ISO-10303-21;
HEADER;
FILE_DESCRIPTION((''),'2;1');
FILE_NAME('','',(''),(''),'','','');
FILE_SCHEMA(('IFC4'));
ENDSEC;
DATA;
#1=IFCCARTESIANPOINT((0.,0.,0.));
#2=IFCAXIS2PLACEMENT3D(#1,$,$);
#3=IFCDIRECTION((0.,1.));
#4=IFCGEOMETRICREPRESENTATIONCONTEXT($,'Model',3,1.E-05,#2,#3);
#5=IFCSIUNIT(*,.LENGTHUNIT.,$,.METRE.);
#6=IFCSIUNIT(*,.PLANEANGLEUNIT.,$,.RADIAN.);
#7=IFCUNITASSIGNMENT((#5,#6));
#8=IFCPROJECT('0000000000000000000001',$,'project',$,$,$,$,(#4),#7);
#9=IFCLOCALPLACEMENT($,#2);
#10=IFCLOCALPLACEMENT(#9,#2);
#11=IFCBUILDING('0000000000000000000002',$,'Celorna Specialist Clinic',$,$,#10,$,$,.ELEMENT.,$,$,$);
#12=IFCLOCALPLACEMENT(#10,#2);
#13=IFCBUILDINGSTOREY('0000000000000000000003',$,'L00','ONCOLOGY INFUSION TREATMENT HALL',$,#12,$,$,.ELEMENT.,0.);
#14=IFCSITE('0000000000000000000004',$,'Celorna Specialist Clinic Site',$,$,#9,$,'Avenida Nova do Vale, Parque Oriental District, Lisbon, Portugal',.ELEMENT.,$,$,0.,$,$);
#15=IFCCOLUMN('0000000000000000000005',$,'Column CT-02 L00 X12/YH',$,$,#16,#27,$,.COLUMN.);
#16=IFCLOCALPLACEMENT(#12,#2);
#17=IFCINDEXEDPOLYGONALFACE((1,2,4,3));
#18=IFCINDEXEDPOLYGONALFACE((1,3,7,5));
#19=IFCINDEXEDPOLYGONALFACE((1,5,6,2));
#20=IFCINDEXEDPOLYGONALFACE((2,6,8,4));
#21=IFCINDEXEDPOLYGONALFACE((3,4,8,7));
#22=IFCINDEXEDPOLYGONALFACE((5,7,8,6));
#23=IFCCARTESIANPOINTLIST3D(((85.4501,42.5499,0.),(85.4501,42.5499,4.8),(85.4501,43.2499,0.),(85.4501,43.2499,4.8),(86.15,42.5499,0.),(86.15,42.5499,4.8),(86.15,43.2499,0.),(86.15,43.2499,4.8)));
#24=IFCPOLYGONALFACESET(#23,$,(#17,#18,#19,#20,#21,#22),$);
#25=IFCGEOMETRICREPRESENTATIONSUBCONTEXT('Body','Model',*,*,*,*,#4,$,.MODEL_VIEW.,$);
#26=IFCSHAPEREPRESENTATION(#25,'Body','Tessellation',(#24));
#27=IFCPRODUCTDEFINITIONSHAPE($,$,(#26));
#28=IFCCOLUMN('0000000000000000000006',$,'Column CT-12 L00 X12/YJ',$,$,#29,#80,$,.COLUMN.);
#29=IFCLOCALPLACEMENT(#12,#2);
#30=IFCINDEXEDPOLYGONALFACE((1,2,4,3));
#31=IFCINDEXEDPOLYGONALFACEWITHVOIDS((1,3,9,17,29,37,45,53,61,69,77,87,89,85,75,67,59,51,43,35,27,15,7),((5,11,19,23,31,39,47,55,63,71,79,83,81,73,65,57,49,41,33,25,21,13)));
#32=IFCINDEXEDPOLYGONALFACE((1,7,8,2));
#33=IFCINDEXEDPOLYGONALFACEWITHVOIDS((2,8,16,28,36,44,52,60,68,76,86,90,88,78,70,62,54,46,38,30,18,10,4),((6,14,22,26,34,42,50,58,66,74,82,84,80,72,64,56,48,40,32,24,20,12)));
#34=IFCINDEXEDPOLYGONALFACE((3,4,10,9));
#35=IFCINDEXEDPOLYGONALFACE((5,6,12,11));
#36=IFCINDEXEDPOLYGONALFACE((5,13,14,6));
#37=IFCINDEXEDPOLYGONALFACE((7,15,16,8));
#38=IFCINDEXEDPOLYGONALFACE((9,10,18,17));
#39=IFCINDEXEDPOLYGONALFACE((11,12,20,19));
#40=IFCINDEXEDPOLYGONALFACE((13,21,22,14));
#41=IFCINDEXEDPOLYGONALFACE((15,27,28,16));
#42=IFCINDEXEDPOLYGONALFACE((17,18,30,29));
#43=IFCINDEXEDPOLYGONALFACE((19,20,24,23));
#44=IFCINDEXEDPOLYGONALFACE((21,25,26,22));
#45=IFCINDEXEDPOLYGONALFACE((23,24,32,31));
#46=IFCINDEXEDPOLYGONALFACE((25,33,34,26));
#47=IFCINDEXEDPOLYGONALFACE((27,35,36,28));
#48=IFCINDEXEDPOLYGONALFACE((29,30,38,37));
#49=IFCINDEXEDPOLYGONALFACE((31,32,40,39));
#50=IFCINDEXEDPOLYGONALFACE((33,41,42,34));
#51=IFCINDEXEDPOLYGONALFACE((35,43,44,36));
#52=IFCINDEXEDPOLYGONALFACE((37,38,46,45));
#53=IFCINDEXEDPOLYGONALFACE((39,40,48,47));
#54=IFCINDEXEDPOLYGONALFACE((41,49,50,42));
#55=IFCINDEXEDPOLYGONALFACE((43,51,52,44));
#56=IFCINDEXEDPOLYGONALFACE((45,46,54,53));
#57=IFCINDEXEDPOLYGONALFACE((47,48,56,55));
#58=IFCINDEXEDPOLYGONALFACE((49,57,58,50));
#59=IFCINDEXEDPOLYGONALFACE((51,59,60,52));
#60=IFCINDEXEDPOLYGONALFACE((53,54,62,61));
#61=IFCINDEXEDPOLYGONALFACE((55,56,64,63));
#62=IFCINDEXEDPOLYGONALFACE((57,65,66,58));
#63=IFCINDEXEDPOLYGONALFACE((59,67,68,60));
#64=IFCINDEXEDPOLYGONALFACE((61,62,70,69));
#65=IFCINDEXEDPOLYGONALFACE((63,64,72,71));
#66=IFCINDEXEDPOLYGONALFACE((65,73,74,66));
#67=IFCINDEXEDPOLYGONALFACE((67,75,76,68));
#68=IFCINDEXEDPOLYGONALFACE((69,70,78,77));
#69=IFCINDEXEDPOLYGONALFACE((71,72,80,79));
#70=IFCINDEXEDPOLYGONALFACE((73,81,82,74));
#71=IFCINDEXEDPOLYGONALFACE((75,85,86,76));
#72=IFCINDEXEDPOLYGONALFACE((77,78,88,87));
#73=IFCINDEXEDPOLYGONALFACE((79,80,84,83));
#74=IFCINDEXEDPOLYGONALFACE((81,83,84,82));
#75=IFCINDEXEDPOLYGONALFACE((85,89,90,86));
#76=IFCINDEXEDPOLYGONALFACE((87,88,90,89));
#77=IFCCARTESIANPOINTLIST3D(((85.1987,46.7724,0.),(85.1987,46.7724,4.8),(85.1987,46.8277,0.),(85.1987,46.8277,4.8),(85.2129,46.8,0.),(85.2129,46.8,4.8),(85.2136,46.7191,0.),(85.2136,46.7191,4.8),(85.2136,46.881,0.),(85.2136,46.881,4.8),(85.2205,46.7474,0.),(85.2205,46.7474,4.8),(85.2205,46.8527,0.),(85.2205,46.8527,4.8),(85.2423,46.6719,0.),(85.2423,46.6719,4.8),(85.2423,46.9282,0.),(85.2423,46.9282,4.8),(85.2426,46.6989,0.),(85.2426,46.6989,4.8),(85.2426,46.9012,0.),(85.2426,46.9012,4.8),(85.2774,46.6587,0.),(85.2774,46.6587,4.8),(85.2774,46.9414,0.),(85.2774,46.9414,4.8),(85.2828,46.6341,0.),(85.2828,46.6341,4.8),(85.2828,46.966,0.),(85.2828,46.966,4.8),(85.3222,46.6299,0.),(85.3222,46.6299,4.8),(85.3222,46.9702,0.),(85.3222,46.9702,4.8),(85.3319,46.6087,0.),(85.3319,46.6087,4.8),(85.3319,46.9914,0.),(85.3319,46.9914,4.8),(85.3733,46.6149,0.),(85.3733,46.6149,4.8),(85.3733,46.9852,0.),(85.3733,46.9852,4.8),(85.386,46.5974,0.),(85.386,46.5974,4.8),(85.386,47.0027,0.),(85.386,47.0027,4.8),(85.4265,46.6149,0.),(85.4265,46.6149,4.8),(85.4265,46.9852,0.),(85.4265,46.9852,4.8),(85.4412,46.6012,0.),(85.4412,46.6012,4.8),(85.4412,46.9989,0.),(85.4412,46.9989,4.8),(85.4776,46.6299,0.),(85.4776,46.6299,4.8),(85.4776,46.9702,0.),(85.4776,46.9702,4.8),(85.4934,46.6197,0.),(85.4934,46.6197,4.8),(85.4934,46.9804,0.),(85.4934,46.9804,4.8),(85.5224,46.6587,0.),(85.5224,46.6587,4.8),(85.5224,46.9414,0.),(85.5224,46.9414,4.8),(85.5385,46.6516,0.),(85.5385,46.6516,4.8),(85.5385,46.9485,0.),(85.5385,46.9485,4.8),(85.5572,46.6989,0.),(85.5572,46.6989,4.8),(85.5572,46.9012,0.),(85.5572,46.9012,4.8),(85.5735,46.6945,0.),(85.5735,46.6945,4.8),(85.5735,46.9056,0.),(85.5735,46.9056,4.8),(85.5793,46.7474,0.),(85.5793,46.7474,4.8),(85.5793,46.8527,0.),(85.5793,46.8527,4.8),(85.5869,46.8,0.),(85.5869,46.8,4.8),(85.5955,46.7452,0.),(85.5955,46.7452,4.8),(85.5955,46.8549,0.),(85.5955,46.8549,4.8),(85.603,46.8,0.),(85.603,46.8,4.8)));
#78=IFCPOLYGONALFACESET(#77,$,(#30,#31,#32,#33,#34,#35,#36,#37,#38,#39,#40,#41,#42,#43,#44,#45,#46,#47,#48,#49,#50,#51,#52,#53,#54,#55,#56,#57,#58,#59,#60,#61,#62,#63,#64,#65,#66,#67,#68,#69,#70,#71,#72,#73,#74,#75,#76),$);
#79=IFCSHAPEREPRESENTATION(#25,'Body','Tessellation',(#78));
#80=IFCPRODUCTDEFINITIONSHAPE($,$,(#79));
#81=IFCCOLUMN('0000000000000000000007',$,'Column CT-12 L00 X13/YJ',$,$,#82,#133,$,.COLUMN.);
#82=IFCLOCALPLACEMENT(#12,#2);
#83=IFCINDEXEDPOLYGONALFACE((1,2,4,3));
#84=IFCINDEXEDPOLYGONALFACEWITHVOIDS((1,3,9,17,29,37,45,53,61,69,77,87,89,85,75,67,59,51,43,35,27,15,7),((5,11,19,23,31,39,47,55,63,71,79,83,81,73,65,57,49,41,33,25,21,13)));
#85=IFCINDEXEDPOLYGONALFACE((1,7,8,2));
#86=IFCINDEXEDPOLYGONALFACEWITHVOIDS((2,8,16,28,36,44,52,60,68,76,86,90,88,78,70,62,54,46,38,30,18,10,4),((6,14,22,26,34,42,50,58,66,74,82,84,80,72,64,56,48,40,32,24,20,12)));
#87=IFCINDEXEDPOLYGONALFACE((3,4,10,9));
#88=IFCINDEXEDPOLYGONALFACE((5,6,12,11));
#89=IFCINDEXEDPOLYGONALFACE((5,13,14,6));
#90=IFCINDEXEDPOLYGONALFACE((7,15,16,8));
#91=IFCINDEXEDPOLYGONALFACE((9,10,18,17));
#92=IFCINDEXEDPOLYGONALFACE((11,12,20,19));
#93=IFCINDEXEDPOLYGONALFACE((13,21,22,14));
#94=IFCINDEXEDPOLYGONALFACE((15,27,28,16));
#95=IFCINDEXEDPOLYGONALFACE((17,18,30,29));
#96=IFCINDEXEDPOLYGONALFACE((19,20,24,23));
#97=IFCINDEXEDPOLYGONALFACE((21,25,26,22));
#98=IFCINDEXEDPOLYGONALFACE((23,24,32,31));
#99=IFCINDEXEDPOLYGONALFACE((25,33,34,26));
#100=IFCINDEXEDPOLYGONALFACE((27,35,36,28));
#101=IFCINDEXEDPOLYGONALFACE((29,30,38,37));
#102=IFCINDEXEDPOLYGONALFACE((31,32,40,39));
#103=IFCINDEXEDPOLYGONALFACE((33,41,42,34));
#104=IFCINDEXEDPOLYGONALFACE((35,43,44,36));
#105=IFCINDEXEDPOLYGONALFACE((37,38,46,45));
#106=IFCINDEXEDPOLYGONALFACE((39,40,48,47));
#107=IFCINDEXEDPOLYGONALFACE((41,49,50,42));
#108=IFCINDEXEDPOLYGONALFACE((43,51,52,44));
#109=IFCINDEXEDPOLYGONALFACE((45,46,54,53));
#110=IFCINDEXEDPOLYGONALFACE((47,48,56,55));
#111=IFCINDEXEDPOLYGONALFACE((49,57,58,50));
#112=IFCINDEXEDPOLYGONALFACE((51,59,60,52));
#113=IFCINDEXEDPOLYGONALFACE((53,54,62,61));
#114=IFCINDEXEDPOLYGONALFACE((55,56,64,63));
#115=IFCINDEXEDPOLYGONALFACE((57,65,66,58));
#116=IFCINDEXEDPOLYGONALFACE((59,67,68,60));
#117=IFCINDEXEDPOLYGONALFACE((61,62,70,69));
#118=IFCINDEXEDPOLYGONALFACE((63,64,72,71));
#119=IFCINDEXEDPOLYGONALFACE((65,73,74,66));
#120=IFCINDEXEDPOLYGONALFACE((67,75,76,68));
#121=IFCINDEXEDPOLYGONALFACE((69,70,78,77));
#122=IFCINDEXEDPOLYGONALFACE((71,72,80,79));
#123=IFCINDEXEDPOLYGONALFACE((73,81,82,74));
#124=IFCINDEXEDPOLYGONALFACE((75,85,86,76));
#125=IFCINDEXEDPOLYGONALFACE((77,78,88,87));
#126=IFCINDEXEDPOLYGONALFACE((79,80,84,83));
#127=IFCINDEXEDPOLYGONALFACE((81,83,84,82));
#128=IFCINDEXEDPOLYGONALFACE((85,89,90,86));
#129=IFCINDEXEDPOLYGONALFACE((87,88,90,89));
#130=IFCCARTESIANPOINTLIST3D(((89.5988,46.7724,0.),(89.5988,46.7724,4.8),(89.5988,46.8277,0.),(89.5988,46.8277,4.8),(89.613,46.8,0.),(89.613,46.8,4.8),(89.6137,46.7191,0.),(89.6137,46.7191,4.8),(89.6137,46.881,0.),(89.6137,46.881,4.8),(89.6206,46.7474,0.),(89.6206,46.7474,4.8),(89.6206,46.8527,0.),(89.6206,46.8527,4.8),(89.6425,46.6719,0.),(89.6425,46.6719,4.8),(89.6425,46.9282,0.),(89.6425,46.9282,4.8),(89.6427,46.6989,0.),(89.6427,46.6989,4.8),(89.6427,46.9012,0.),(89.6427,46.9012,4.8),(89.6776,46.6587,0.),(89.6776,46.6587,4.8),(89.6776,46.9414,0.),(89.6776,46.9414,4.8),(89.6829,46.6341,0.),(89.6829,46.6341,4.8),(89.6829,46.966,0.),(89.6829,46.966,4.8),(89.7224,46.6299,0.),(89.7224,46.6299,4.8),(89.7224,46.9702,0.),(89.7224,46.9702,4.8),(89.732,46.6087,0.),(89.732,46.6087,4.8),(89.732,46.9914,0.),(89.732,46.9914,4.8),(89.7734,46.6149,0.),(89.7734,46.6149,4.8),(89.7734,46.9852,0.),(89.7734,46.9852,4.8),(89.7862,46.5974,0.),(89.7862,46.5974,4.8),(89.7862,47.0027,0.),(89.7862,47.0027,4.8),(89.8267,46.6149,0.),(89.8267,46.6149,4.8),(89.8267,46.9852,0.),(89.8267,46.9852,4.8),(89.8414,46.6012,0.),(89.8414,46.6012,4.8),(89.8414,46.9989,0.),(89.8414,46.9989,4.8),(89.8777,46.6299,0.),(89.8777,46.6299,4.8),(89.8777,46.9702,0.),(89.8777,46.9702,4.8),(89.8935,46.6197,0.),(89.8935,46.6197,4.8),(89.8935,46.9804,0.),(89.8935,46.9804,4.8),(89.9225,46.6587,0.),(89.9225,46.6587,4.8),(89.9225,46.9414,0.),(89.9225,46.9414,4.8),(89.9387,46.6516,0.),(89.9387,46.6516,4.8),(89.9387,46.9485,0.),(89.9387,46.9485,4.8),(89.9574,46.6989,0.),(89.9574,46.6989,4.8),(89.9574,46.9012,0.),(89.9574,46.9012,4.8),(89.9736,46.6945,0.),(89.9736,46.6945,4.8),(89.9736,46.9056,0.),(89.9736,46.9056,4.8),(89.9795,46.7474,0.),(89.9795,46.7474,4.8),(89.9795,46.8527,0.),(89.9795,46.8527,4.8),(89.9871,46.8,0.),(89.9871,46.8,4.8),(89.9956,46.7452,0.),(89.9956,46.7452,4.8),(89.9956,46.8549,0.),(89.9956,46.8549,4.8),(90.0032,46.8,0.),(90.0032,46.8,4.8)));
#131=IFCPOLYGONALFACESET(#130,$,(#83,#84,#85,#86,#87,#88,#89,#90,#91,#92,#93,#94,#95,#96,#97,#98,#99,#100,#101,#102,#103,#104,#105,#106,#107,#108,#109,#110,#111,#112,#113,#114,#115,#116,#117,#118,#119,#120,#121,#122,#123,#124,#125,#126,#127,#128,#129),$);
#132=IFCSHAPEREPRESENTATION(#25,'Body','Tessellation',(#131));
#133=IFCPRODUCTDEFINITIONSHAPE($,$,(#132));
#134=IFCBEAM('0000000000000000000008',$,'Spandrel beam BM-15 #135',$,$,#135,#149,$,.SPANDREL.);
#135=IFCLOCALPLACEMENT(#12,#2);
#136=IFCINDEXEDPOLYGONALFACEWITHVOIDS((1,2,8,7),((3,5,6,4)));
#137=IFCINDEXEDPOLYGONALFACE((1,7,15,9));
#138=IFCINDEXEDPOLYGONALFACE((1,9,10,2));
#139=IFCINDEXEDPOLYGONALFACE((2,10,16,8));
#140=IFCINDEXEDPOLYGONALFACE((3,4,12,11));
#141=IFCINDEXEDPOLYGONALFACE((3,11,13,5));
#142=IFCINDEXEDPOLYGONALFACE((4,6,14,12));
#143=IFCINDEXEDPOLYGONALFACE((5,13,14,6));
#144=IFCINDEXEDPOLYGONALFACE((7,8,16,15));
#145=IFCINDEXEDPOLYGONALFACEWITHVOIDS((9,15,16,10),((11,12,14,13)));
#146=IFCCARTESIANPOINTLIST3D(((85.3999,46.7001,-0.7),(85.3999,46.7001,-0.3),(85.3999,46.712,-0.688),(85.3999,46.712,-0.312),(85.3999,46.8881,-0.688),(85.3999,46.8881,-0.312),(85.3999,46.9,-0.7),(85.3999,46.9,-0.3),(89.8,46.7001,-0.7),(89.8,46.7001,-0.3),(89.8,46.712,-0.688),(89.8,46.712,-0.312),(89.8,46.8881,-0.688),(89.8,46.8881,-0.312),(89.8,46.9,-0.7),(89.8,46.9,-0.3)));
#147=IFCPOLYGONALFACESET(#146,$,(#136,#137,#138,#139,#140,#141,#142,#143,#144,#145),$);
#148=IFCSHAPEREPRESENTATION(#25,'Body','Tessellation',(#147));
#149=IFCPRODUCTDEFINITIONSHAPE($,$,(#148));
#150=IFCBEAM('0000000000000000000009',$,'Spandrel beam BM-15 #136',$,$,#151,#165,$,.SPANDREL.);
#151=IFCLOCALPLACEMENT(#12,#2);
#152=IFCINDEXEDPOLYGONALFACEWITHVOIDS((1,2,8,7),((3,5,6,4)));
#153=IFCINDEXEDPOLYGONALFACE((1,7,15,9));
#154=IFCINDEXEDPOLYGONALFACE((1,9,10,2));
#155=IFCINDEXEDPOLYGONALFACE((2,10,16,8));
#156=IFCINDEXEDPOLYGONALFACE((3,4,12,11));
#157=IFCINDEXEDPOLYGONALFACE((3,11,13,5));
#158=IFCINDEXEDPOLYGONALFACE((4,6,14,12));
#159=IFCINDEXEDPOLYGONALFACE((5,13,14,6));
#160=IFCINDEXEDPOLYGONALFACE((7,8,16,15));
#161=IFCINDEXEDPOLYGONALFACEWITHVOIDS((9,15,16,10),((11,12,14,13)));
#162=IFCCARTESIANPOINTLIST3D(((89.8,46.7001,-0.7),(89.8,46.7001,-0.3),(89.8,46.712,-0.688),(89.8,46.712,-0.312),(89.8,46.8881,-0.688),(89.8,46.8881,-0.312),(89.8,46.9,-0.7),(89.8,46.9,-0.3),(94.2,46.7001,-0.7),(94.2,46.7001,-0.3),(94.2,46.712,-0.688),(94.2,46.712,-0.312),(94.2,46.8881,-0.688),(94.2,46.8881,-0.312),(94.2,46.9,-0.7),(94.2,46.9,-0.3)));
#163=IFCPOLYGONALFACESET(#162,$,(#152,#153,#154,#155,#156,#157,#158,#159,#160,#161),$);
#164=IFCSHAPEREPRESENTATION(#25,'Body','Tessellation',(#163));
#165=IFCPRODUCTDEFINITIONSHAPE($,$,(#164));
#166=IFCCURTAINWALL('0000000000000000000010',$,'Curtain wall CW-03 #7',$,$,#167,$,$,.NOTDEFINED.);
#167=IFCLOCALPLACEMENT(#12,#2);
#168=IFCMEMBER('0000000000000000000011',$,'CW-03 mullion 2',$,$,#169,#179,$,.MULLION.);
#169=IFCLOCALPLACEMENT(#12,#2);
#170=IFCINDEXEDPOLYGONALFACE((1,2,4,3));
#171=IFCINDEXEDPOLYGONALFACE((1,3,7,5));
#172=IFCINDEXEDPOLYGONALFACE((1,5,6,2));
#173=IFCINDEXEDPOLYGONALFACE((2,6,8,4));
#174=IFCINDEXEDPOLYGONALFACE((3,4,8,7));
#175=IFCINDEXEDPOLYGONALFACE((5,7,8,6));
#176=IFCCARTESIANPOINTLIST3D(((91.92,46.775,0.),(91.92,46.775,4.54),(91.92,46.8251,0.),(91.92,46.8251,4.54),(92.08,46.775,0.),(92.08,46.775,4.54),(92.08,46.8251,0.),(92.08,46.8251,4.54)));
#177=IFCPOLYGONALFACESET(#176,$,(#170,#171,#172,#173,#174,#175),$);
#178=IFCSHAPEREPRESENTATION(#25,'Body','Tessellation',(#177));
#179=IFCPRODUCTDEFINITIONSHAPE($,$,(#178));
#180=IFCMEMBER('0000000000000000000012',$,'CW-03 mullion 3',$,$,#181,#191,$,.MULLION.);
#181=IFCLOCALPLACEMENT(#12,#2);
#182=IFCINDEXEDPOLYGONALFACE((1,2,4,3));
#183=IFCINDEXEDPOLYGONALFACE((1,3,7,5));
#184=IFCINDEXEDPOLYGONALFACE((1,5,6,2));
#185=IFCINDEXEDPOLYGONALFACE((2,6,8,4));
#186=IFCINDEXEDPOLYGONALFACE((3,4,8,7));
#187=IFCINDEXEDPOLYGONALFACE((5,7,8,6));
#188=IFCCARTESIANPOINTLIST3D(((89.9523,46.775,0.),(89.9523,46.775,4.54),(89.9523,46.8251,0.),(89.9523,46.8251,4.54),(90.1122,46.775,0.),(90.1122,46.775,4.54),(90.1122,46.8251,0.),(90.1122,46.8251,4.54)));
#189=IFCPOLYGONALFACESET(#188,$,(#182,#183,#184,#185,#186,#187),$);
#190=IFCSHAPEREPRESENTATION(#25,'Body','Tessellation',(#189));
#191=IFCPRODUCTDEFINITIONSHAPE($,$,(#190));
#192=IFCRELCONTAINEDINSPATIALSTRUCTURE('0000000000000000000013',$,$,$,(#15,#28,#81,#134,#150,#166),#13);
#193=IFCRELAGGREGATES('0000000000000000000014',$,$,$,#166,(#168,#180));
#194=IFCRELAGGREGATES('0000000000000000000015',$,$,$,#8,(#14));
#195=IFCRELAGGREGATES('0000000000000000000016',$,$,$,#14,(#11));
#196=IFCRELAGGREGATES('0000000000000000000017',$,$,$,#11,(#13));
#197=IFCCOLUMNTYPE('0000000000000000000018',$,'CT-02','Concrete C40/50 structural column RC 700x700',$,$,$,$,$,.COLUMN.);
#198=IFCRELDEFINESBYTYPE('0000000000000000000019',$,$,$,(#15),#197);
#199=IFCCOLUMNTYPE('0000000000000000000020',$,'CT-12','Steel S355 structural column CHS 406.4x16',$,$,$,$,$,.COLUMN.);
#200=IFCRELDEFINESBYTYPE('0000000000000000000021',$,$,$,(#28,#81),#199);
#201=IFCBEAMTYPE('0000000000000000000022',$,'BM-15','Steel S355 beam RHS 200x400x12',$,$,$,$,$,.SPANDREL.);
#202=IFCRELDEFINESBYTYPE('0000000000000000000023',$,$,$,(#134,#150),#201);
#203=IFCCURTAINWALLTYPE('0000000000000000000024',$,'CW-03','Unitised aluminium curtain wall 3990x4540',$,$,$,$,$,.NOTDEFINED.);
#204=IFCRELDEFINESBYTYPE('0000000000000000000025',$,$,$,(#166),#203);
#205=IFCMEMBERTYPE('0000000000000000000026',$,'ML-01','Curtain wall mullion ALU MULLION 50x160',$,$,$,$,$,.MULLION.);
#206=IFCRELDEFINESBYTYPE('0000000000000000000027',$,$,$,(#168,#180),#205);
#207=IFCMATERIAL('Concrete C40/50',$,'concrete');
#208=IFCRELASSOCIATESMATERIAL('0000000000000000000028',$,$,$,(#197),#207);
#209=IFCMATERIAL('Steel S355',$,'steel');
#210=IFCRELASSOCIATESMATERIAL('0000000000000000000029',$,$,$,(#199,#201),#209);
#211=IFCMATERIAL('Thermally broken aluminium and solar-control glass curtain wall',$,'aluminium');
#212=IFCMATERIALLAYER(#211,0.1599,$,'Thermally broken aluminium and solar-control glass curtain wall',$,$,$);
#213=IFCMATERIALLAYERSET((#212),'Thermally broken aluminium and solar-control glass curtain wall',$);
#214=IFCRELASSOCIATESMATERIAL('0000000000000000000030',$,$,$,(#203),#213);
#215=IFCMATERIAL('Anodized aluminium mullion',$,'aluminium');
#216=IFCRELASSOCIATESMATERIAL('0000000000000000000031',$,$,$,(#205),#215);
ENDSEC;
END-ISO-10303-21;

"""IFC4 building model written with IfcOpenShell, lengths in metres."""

from ifc_helpers import new_model, si_unit, direction, frame, origin, origin_2d, place, context, subcontext, project, spatial, rectangle, hollow_rectangle, hollow_circle, extrude, material, layer, layer_set, material_profile, profile_set, type_object, element, aggregate, save


model = new_model("IFC4")

# Units and contexts
model_context = context("Model", 3, precision=1e-05, world=origin(), true_north=direction((0.0, 1.0)))
body_context = subcontext(model_context, "Body", "Model", "MODEL_VIEW")
ifc_project = project(units=[si_unit("LENGTHUNIT", "METRE"), si_unit("PLANEANGLEUNIT", "RADIAN")], contexts=[model_context])

# Site, building, storey
site_placement = place(None, origin())
site = spatial("IfcSite", under=ifc_project, at=site_placement, Name="Celorna Specialist Clinic Site", LongName="Avenida Nova do Vale, Parque Oriental District, Lisbon, Portugal", CompositionType="ELEMENT", RefElevation=0.0)
building_placement = place(site_placement, origin())
building = spatial("IfcBuilding", under=site, at=building_placement, Name="Celorna Specialist Clinic", CompositionType="ELEMENT")
storey_placement = place(building_placement, origin())
storey = spatial("IfcBuildingStorey", under=building, at=storey_placement, Name="L00", Description="ONCOLOGY INFUSION TREATMENT HALL", CompositionType="ELEMENT", Elevation=0.0)

# Columns
ifc_material_1 = material(Name="Concrete C40/50", Category="concrete")
ifc_material_profile_1 = material_profile(ifc_material_1, rectangle(XDim=0.7, YDim=0.7, at=origin_2d()), Name="RC 700x700")
ifc_profile_set_1 = profile_set([ifc_material_profile_1], Name="Concrete C40/50")
column_type_1 = type_object("IfcColumnType", Name="CT-02", Description="Concrete C40/50 structural column RC 700x700", PredefinedType="COLUMN", material=ifc_profile_set_1)
column_placement = place(storey_placement, frame((85.8, 42.8999, 0.0), z_axis=(0.0, 0.0, 1.0), x_axis=(1.0, 0.0, 0.0)))
element("IfcColumn", 1, at=column_placement, inside=storey, type_object=column_type_1, Name="Column CT-02 L00 X12/YH", PredefinedType="COLUMN", context=body_context, shape_type="SweptSolid", body=[
    extrude(rectangle(XDim=0.7, YDim=0.7, at=origin_2d()), origin(), (0.0, 0.0, 1.0), 4.8),
])
ifc_material_2 = material(Name="Steel S355", Category="steel")
ifc_material_profile_2 = material_profile(ifc_material_2, hollow_circle(Radius=0.2031, WallThickness=0.0161, at=origin_2d()), Name="CHS 406.4x16")
ifc_profile_set_2 = profile_set([ifc_material_profile_2], Name="Steel S355")
column_type_2 = type_object("IfcColumnType", Name="CT-12", Description="Steel S355 structural column CHS 406.4x16", PredefinedType="COLUMN", material=ifc_profile_set_2)
for number, where, z_axis, x_axis, name in (
    (2, (85.3999, 46.8, 0.0), (0.0, 0.0, 1.0), (1.0, 0.0, 0.0), "Column CT-12 L00 X12/YJ"),
    (3, (89.8, 46.8, 0.0), (0.0, 0.0, 1.0), (1.0, 0.0, 0.0), "Column CT-12 L00 X13/YJ"),
):
    element("IfcColumn", number, at=place(storey_placement, frame(where, z_axis=z_axis, x_axis=x_axis)), inside=storey, type_object=column_type_2, Name=name, PredefinedType="COLUMN", context=body_context, shape_type="SweptSolid", body=[
        extrude(hollow_circle(Radius=0.2031, WallThickness=0.0161, at=origin_2d()), origin(), (0.0, 0.0, 1.0), 4.8),
    ])

# Beams
ifc_material_profile_3 = material_profile(ifc_material_2, hollow_rectangle(XDim=0.2, YDim=0.3999, WallThickness=0.012, at=origin_2d()), Name="RHS 200x400x12")
ifc_profile_set_3 = profile_set([ifc_material_profile_3], Name="Steel S355")
beam_type = type_object("IfcBeamType", Name="BM-15", Description="Steel S355 beam RHS 200x400x12", PredefinedType="SPANDREL", material=ifc_profile_set_3)
beam_1_placement = place(storey_placement, frame((85.3999, 46.8, -0.5), z_axis=(1.0, 0.0, 0.0), x_axis=(0.0, 1.0, 0.0)))
element("IfcBeam", 4, at=beam_1_placement, inside=storey, type_object=beam_type, Name="Spandrel beam BM-15 #135", PredefinedType="SPANDREL", context=body_context, shape_type="SweptSolid", body=[
    extrude(hollow_rectangle(XDim=0.2, YDim=0.3999, WallThickness=0.012, at=origin_2d()), origin(), (0.0, 0.0, 1.0), 4.4001),
])
beam_2_placement = place(storey_placement, frame((89.8, 46.8, -0.5), z_axis=(1.0, 0.0, 0.0), x_axis=(0.0, 1.0, 0.0)))
element("IfcBeam", 5, at=beam_2_placement, inside=storey, type_object=beam_type, Name="Spandrel beam BM-15 #136", PredefinedType="SPANDREL", context=body_context, shape_type="SweptSolid", body=[
    extrude(hollow_rectangle(XDim=0.2, YDim=0.3999, WallThickness=0.012, at=origin_2d()), origin(), (0.0, 0.0, 1.0), 4.3999),
])

# Curtain wall, members
ifc_material_3 = material(Name="Thermally broken aluminium and solar-control glass curtain wall", Category="aluminium")
ifc_layer_1 = layer(ifc_material_3, 0.1599, Name="Thermally broken aluminium and solar-control glass curtain wall")
ifc_layer_set_1 = layer_set([ifc_layer_1], Name="Thermally broken aluminium and solar-control glass curtain wall")
curtain_wall_type_1 = type_object("IfcCurtainWallType", Name="CW-03", Description="Unitised aluminium curtain wall 3990x4540", PredefinedType="NOTDEFINED", material=ifc_layer_set_1)
curtain_wall_1_placement = place(storey_placement, origin())
curtain_wall_1 = element("IfcCurtainWall", 6, at=curtain_wall_1_placement, inside=storey, type_object=curtain_wall_type_1, Name="Curtain wall CW-03 #7", PredefinedType="NOTDEFINED")
ifc_material_4 = material(Name="Anodized aluminium mullion", Category="aluminium")
ifc_material_profile_4 = material_profile(ifc_material_4, rectangle(XDim=0.05, YDim=0.1599, at=origin_2d()), Name="ALU MULLION 50x160")
ifc_profile_set_4 = profile_set([ifc_material_profile_4], Name="Anodized aluminium mullion")
member_type_1 = type_object("IfcMemberType", Name="ML-01", Description="Curtain wall mullion ALU MULLION 50x160", PredefinedType="MULLION", material=ifc_profile_set_4)
member_1_placement = place(storey_placement, frame((92.0, 46.8, 0.0), z_axis=(0.0, 0.0, 1.0), x_axis=(0.0, -1.0, 0.0)))
member_1 = element("IfcMember", 7, at=member_1_placement, type_object=member_type_1, Name="CW-03 mullion 2", PredefinedType="MULLION", context=body_context, shape_type="SweptSolid", body=[
    extrude(rectangle(XDim=0.05, YDim=0.1599, at=origin_2d()), origin(), (0.0, 0.0, 1.0), 4.54),
])
member_2_placement = place(storey_placement, frame((90.0322, 46.8, 0.0), z_axis=(0.0, 0.0, 1.0), x_axis=(0.0, -1.0, 0.0)))
member_2 = element("IfcMember", 8, at=member_2_placement, type_object=member_type_1, Name="CW-03 mullion 3", PredefinedType="MULLION", context=body_context, shape_type="SweptSolid", body=[
    extrude(rectangle(XDim=0.05, YDim=0.1599, at=origin_2d()), origin(), (0.0, 0.0, 1.0), 4.54),
])

aggregate(curtain_wall_1, [member_1, member_2])

save(model, "model.ifc")
